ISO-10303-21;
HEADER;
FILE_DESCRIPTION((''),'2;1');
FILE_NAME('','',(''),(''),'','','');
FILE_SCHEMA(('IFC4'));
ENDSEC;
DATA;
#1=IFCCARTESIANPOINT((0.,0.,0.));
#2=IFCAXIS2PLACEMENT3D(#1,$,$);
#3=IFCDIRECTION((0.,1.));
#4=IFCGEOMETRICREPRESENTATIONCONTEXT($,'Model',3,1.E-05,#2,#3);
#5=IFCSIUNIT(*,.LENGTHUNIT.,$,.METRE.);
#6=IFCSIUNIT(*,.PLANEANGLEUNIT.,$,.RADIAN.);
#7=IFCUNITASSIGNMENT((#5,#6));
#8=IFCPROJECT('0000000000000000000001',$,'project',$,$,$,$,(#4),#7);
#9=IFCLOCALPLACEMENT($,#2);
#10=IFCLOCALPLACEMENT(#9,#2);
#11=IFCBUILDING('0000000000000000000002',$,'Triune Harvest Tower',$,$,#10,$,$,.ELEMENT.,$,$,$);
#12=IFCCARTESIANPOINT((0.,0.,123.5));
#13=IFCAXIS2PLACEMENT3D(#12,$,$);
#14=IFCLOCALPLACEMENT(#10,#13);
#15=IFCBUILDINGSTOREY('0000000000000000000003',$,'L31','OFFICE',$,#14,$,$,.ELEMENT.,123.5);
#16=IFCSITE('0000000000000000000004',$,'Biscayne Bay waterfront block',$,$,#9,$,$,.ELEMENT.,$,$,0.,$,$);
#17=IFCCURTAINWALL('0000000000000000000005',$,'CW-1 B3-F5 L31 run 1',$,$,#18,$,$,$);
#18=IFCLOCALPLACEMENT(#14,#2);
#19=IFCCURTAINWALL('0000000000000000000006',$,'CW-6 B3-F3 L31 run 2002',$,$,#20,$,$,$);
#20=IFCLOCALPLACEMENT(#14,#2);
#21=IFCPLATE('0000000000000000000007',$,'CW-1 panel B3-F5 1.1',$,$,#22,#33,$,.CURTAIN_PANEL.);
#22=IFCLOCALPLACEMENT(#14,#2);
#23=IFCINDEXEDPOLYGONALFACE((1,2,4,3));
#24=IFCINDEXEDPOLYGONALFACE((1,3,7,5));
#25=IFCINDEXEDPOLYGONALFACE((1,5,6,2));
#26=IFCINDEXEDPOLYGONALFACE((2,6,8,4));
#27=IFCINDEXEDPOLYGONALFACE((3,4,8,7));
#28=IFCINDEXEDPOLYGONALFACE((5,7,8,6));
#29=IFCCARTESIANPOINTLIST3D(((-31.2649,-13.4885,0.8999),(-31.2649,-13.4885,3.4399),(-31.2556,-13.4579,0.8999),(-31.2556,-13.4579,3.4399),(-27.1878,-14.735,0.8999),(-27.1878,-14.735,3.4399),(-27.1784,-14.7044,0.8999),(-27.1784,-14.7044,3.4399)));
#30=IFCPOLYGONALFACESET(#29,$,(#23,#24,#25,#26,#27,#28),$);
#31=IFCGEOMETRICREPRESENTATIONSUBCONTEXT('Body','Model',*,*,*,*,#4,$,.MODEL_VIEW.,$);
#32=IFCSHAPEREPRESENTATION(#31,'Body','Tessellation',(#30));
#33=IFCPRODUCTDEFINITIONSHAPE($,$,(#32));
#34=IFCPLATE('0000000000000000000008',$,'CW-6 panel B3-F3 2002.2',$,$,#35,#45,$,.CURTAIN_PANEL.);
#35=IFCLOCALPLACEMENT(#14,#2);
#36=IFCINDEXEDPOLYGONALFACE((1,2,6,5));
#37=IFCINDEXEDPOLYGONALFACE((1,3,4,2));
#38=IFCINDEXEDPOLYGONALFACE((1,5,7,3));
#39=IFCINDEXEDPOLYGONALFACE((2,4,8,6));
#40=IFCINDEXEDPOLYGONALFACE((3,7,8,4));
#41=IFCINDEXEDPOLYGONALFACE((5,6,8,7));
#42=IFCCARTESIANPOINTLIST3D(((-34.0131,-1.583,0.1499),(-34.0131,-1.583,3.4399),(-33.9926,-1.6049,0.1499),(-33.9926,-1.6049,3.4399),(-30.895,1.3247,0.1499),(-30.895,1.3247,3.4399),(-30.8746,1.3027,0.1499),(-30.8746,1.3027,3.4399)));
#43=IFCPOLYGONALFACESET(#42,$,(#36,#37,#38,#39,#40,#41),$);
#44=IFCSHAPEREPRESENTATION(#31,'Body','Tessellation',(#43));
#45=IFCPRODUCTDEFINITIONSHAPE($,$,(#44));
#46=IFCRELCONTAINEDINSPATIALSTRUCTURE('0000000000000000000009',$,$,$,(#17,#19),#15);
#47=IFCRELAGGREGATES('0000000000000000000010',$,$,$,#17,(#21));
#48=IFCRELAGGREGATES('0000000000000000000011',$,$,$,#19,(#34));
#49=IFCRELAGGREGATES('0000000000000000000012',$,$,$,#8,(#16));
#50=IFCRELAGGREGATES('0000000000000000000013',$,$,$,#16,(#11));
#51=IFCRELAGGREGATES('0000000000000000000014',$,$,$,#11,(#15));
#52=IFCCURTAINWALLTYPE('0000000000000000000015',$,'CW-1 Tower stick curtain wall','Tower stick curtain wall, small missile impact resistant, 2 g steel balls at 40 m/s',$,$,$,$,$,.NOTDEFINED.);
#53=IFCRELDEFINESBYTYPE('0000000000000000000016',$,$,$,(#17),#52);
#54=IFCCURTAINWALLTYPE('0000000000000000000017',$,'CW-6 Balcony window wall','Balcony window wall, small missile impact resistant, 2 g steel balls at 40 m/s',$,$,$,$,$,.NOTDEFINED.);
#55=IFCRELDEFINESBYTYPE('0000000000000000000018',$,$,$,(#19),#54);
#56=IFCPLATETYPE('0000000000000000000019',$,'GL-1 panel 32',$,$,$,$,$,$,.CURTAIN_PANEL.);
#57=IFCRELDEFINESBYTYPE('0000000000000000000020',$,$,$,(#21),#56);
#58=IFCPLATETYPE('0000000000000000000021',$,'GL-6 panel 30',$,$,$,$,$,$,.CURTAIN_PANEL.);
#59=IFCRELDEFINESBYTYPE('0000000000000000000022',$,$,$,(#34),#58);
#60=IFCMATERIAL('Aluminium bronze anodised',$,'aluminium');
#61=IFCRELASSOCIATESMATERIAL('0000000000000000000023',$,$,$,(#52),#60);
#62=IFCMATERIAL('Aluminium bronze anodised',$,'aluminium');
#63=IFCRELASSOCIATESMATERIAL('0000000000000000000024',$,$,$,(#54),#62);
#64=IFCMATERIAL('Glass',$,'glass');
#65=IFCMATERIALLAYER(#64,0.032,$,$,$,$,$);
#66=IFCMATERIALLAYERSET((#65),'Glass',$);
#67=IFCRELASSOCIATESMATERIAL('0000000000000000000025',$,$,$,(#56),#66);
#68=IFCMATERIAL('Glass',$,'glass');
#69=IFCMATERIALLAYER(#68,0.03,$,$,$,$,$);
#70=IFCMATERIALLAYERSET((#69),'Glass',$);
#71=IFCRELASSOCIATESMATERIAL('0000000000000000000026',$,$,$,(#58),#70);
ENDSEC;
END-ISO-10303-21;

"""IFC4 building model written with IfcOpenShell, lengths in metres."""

from ifc_helpers import new_model, si_unit, direction, frame, origin, origin_2d, place, context, subcontext, project, spatial, rectangle, extrude, source, transform, mapped, material, layer, layer_set, type_object, element, aggregate, save


model = new_model("IFC4")

# Units and contexts
model_context = context("Model", 3, precision=1e-05, world=origin(), true_north=direction((0.0, 1.0)))
body_context = subcontext(model_context, "Body", "Model", "MODEL_VIEW")
ifc_project = project(units=[si_unit("LENGTHUNIT", "METRE"), si_unit("PLANEANGLEUNIT", "RADIAN")], contexts=[model_context])

# Site, building, storey
site_placement = place(None, origin())
site = spatial("IfcSite", under=ifc_project, at=site_placement, Name="Biscayne Bay waterfront block", CompositionType="ELEMENT", RefElevation=0.0)
building_placement = place(site_placement, origin())
building = spatial("IfcBuilding", under=site, at=building_placement, Name="Triune Harvest Tower", CompositionType="ELEMENT")
storey_placement = place(building_placement, frame((0.0, 0.0, 123.5)))
storey = spatial("IfcBuildingStorey", under=building, at=storey_placement, Name="L31", Description="OFFICE", CompositionType="ELEMENT", Elevation=123.5)

# Shared definitions
ifc_material_1 = material(Name="Aluminium bronze anodised", Category="aluminium")
curtain_wall_type_1 = type_object("IfcCurtainWallType", Name="CW-1 Tower stick curtain wall", Description="Tower stick curtain wall, small missile impact resistant, 2 g steel balls at 40 m/s", PredefinedType="NOTDEFINED", material=ifc_material_1)

# Curtain walls
curtain_wall_1_placement = place(storey_placement, origin())
curtain_wall_1 = element("IfcCurtainWall", 1, at=curtain_wall_1_placement, inside=storey, type_object=curtain_wall_type_1, Name="CW-1 B3-F5 L31 run 1")
ifc_material_2 = material(Name="Aluminium bronze anodised", Category="aluminium")
curtain_wall_type_2 = type_object("IfcCurtainWallType", Name="CW-6 Balcony window wall", Description="Balcony window wall, small missile impact resistant, 2 g steel balls at 40 m/s", PredefinedType="NOTDEFINED", material=ifc_material_2)
curtain_wall_2_placement = place(storey_placement, origin())
curtain_wall_2 = element("IfcCurtainWall", 2, at=curtain_wall_2_placement, inside=storey, type_object=curtain_wall_type_2, Name="CW-6 B3-F3 L31 run 2002")

# Plates
ifc_material_3 = material(Name="Glass", Category="glass")
ifc_layer_1 = layer(ifc_material_3, 0.032)
ifc_layer_set_1 = layer_set([ifc_layer_1], Name="Glass")
plate_type_1 = type_object("IfcPlateType", Name="GL-1 panel 32", PredefinedType="CURTAIN_PANEL", material=ifc_layer_set_1)
shared_shape_1 = source(origin(), body_context, "Body", "SweptSolid", [
    extrude(rectangle(XDim=4.2634, YDim=0.032, at=origin_2d()), origin(), (0.0, 0.0, 1.0), 2.54),
])
plate_1_placement = place(storey_placement, frame((-29.2217, -14.0964, 0.8999), z_axis=(0.0, 0.0, 1.0), x_axis=(0.956303, -0.292377, 0.0)))
plate_1 = element("IfcPlate", 3, at=plate_1_placement, type_object=plate_type_1, Name="CW-1 panel B3-F5 1.1", PredefinedType="CURTAIN_PANEL", context=body_context, shape_type="MappedRepresentation", body=[
    mapped(shared_shape_1, transform((0.0, 0.0, 0.0), scale=1.0)),
])
aggregate(curtain_wall_1, [plate_1])
ifc_material_4 = material(Name="Glass", Category="glass")
ifc_layer_2 = layer(ifc_material_4, 0.03)
ifc_layer_set_2 = layer_set([ifc_layer_2], Name="Glass")
plate_type_2 = type_object("IfcPlateType", Name="GL-6 panel 30", PredefinedType="CURTAIN_PANEL", material=ifc_layer_set_2)
shared_shape_2 = source(origin(), body_context, "Body", "SweptSolid", [
    extrude(rectangle(XDim=4.2634, YDim=0.03, at=origin_2d()), origin(), (0.0, 0.0, 1.0), 3.29),
])
plate_2_placement = place(storey_placement, frame((-32.4438, -0.1401, 0.1499), z_axis=(0.0, 0.0, 1.0), x_axis=(-0.731354, -0.681998, 0.0)))
plate_2 = element("IfcPlate", 4, at=plate_2_placement, type_object=plate_type_2, Name="CW-6 panel B3-F3 2002.2", PredefinedType="CURTAIN_PANEL", context=body_context, shape_type="MappedRepresentation", body=[
    mapped(shared_shape_2, transform((0.0, 0.0, 0.0), scale=1.0)),
])
aggregate(curtain_wall_2, [plate_2])

save(model, "model.ifc")
